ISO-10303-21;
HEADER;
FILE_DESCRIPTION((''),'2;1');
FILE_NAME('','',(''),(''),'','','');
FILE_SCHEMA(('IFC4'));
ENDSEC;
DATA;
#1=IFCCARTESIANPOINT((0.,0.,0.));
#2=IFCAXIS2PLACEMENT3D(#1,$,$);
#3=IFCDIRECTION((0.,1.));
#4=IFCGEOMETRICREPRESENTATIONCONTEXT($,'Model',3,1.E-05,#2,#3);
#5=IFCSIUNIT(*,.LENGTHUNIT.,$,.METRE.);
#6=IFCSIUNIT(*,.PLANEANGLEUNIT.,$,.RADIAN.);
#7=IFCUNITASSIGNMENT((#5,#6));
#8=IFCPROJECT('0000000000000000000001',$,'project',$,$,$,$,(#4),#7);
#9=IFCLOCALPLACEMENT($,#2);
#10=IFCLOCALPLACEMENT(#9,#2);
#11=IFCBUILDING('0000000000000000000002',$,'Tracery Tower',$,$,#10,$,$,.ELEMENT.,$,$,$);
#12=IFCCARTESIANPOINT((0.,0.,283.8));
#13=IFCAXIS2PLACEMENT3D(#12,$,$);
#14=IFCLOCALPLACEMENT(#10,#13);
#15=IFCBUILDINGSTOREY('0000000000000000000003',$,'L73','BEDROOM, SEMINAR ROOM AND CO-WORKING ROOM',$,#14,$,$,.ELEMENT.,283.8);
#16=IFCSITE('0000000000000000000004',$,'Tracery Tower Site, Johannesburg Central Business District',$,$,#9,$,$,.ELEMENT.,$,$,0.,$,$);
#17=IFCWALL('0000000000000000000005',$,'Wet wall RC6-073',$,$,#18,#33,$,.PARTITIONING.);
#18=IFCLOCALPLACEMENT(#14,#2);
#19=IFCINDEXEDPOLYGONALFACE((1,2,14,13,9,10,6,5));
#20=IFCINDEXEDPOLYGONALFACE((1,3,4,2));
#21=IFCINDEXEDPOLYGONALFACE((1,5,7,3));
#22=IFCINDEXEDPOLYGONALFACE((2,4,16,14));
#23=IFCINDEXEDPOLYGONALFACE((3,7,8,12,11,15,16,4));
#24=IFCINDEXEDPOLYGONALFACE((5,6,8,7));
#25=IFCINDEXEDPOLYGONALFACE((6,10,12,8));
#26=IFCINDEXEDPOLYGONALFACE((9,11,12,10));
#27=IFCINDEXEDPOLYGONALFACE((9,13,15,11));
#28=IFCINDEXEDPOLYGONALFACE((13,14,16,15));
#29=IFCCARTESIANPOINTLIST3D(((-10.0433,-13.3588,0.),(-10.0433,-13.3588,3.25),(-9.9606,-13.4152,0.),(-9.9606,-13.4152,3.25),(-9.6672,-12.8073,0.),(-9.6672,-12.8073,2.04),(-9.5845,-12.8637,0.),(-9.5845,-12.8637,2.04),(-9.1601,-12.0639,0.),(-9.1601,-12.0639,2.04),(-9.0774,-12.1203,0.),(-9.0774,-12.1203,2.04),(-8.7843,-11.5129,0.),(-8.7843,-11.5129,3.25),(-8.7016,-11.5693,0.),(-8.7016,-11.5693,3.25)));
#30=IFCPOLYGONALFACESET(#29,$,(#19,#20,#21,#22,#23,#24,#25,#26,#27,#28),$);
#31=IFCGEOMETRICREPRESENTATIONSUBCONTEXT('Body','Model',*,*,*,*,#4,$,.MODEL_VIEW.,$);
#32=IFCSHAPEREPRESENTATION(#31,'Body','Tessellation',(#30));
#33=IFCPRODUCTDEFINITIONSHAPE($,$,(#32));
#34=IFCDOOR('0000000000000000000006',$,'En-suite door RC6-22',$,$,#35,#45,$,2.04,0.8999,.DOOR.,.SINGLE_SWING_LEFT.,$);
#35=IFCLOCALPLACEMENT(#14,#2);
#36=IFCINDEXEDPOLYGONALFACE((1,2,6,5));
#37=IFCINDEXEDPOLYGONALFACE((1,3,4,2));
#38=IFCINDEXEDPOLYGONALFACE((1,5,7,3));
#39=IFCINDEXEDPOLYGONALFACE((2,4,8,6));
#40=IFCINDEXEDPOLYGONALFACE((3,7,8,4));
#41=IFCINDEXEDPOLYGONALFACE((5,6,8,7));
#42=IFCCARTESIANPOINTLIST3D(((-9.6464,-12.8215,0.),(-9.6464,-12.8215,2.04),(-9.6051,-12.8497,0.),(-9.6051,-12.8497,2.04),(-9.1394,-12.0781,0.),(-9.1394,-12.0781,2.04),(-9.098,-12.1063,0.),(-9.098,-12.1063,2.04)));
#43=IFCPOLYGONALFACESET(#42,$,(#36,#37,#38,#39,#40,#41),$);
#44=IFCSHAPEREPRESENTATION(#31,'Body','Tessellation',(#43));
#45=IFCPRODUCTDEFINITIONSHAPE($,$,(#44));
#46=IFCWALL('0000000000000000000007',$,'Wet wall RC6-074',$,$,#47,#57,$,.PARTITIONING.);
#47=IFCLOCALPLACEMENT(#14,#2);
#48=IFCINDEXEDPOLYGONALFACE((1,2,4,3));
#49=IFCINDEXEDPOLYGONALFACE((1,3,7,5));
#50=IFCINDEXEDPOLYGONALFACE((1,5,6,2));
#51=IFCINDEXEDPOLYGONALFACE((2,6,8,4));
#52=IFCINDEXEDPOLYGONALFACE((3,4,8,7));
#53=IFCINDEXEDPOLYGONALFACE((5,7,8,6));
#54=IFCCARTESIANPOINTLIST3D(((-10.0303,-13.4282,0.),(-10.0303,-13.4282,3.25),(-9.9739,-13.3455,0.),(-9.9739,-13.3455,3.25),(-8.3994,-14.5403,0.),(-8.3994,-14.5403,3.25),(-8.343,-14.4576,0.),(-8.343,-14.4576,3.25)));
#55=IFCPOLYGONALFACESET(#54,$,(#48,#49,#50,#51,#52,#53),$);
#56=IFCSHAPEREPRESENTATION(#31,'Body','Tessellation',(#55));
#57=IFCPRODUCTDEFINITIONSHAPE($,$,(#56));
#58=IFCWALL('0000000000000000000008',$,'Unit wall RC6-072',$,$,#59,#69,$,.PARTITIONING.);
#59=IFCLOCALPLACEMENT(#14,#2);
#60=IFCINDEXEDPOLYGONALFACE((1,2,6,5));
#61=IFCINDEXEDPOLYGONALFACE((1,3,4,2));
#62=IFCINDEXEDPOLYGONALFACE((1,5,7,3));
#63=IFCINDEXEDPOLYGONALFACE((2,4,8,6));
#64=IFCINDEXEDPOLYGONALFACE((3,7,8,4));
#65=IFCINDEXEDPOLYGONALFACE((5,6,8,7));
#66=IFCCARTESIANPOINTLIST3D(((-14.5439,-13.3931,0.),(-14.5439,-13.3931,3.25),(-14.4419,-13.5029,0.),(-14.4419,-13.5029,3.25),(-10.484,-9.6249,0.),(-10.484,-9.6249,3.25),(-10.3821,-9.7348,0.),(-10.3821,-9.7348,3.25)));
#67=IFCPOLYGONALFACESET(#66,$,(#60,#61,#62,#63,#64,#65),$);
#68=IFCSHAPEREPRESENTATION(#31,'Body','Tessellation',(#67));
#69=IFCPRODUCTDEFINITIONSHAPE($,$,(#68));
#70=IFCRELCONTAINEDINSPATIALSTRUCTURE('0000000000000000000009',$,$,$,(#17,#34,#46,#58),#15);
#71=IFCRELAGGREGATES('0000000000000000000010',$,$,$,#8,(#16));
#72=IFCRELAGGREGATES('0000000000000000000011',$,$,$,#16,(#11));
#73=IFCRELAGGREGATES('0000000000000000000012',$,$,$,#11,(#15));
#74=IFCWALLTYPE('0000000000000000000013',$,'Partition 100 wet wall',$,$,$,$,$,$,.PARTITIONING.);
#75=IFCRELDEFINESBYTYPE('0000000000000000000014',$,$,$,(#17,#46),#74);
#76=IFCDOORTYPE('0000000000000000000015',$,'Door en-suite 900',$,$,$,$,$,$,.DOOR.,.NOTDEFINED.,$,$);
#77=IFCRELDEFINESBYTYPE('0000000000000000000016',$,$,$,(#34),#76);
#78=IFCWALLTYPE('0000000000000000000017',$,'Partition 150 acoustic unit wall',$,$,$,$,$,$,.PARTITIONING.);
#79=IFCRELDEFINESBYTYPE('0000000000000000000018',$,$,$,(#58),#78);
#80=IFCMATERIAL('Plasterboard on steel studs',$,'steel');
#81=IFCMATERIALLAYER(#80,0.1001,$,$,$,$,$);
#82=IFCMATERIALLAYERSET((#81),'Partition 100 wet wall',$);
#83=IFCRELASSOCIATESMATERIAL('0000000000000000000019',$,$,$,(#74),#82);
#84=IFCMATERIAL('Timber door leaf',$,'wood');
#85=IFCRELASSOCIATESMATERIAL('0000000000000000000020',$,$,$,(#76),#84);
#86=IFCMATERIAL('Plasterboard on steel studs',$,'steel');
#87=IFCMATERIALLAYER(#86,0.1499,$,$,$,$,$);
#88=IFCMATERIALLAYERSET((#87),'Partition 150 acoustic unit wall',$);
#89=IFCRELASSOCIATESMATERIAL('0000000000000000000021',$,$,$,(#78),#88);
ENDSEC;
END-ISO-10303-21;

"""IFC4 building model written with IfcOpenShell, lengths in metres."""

from ifc_helpers import new_model, si_unit, direction, frame, frame_2d, origin, place, context, subcontext, project, spatial, rectangle, extrude, material, layer, layer_set, type_object, element, fill, save


model = new_model("IFC4")

# Units and contexts
model_context = context("Model", 3, precision=1e-05, world=origin(), true_north=direction((0.0, 1.0)))
body_context = subcontext(model_context, "Body", "Model", "MODEL_VIEW")
ifc_project = project(units=[si_unit("LENGTHUNIT", "METRE"), si_unit("PLANEANGLEUNIT", "RADIAN")], contexts=[model_context])

# Site, building, storey
site_placement = place(None, origin())
site = spatial("IfcSite", under=ifc_project, at=site_placement, Name="Tracery Tower Site, Johannesburg Central Business District", CompositionType="ELEMENT", RefElevation=0.0)
building_placement = place(site_placement, origin())
building = spatial("IfcBuilding", under=site, at=building_placement, Name="Tracery Tower", CompositionType="ELEMENT")
storey_placement = place(building_placement, frame((0.0, 0.0, 283.8)))
storey = spatial("IfcBuildingStorey", under=building, at=storey_placement, Name="L73", Description="BEDROOM, SEMINAR ROOM AND CO-WORKING ROOM", CompositionType="ELEMENT", Elevation=283.8)

# Shared definitions
ifc_material_1 = material(Name="Plasterboard on steel studs", Category="steel")
ifc_layer_1 = layer(ifc_material_1, 0.1001)
ifc_layer_set_1 = layer_set([ifc_layer_1], Name="Partition 100 wet wall")
wall_type_1 = type_object("IfcWallType", Name="Partition 100 wet wall", PredefinedType="PARTITIONING", material=ifc_layer_set_1)
ifc_material_2 = material(Name="Timber door leaf", Category="wood")
door_type = type_object("IfcDoorType", Name="Door en-suite 900", OperationType="NOTDEFINED", PredefinedType="DOOR", material=ifc_material_2)

# Wall, opening, door
wall_1_placement = place(storey_placement, frame((-10.002, -13.387, 0.0), z_axis=(0.0, 0.0, 1.0), x_axis=(0.563469, 0.826137, 0.0)))
wall_1 = element("IfcWall", 1, at=wall_1_placement, inside=storey, type_object=wall_type_1, Name="Wet wall RC6-073", PredefinedType="PARTITIONING", context=body_context, shape_type="SweptSolid", body=[
    extrude(rectangle(XDim=2.2344, YDim=0.1001, at=frame_2d((1.1172, 0.0))), origin(), (0.0, 0.0, 1.0), 3.25),
])
opening_1_placement = place(wall_1_placement, frame((0.6675, 0.0, 0.0)))
opening_1 = element("IfcOpeningElement", 2, at=opening_1_placement, cuts=wall_1, PredefinedType="OPENING", context=body_context, shape_type="SweptSolid", body=[
    extrude(rectangle(XDim=0.8999, YDim=2.04, at=frame_2d((0.45, 1.02))), frame((0.0, 0.05, 0.0), z_axis=(0.0, -1.0, 0.0), x_axis=(1.0, 0.0, 0.0)), (0.0, 0.0, 1.0), 0.1001),
])
door_1_placement = place(opening_1_placement, origin())
door_1 = element("IfcDoor", 3, at=door_1_placement, inside=storey, type_object=door_type, Name="En-suite door RC6-22", OperationType="SINGLE_SWING_LEFT", OverallHeight=2.04, OverallWidth=0.8999, PredefinedType="DOOR", context=body_context, shape_type="SweptSolid", body=[
    extrude(rectangle(XDim=0.8999, YDim=2.04, at=frame_2d((0.45, 1.02))), frame((0.0, 0.0249, 0.0), z_axis=(0.0, -1.0, 0.0), x_axis=(1.0, 0.0, 0.0)), (0.0, 0.0, 1.0), 0.05),
])
fill(opening_1, door_1)

# Walls
wall_2_placement = place(storey_placement, frame((-10.002, -13.387, 0.0), z_axis=(0.0, 0.0, 1.0), x_axis=(0.826201, -0.563375, 0.0)))
element("IfcWall", 4, at=wall_2_placement, inside=storey, type_object=wall_type_1, Name="Wet wall RC6-074", PredefinedType="PARTITIONING", context=body_context, shape_type="SweptSolid", body=[
    extrude(rectangle(XDim=1.9739, YDim=0.1001, at=frame_2d((0.9868, 0.0))), origin(), (0.0, 0.0, 1.0), 3.25),
])
ifc_material_3 = material(Name="Plasterboard on steel studs", Category="steel")
ifc_layer_2 = layer(ifc_material_3, 0.1499)
ifc_layer_set_2 = layer_set([ifc_layer_2], Name="Partition 150 acoustic unit wall")
wall_type_2 = type_object("IfcWallType", Name="Partition 150 acoustic unit wall", PredefinedType="PARTITIONING", material=ifc_layer_set_2)
wall_3_placement = place(storey_placement, frame((-14.4929, -13.448, 0.0), z_axis=(0.0, 0.0, 1.0), x_axis=(0.732952, 0.68028, 0.0)))
element("IfcWall", 5, at=wall_3_placement, inside=storey, type_object=wall_type_2, Name="Unit wall RC6-072", PredefinedType="PARTITIONING", context=body_context, shape_type="SweptSolid", body=[
    extrude(rectangle(XDim=5.5391, YDim=0.1499, at=frame_2d((2.7695, 0.0))), origin(), (0.0, 0.0, 1.0), 3.25),
])

save(model, "model.ifc")
